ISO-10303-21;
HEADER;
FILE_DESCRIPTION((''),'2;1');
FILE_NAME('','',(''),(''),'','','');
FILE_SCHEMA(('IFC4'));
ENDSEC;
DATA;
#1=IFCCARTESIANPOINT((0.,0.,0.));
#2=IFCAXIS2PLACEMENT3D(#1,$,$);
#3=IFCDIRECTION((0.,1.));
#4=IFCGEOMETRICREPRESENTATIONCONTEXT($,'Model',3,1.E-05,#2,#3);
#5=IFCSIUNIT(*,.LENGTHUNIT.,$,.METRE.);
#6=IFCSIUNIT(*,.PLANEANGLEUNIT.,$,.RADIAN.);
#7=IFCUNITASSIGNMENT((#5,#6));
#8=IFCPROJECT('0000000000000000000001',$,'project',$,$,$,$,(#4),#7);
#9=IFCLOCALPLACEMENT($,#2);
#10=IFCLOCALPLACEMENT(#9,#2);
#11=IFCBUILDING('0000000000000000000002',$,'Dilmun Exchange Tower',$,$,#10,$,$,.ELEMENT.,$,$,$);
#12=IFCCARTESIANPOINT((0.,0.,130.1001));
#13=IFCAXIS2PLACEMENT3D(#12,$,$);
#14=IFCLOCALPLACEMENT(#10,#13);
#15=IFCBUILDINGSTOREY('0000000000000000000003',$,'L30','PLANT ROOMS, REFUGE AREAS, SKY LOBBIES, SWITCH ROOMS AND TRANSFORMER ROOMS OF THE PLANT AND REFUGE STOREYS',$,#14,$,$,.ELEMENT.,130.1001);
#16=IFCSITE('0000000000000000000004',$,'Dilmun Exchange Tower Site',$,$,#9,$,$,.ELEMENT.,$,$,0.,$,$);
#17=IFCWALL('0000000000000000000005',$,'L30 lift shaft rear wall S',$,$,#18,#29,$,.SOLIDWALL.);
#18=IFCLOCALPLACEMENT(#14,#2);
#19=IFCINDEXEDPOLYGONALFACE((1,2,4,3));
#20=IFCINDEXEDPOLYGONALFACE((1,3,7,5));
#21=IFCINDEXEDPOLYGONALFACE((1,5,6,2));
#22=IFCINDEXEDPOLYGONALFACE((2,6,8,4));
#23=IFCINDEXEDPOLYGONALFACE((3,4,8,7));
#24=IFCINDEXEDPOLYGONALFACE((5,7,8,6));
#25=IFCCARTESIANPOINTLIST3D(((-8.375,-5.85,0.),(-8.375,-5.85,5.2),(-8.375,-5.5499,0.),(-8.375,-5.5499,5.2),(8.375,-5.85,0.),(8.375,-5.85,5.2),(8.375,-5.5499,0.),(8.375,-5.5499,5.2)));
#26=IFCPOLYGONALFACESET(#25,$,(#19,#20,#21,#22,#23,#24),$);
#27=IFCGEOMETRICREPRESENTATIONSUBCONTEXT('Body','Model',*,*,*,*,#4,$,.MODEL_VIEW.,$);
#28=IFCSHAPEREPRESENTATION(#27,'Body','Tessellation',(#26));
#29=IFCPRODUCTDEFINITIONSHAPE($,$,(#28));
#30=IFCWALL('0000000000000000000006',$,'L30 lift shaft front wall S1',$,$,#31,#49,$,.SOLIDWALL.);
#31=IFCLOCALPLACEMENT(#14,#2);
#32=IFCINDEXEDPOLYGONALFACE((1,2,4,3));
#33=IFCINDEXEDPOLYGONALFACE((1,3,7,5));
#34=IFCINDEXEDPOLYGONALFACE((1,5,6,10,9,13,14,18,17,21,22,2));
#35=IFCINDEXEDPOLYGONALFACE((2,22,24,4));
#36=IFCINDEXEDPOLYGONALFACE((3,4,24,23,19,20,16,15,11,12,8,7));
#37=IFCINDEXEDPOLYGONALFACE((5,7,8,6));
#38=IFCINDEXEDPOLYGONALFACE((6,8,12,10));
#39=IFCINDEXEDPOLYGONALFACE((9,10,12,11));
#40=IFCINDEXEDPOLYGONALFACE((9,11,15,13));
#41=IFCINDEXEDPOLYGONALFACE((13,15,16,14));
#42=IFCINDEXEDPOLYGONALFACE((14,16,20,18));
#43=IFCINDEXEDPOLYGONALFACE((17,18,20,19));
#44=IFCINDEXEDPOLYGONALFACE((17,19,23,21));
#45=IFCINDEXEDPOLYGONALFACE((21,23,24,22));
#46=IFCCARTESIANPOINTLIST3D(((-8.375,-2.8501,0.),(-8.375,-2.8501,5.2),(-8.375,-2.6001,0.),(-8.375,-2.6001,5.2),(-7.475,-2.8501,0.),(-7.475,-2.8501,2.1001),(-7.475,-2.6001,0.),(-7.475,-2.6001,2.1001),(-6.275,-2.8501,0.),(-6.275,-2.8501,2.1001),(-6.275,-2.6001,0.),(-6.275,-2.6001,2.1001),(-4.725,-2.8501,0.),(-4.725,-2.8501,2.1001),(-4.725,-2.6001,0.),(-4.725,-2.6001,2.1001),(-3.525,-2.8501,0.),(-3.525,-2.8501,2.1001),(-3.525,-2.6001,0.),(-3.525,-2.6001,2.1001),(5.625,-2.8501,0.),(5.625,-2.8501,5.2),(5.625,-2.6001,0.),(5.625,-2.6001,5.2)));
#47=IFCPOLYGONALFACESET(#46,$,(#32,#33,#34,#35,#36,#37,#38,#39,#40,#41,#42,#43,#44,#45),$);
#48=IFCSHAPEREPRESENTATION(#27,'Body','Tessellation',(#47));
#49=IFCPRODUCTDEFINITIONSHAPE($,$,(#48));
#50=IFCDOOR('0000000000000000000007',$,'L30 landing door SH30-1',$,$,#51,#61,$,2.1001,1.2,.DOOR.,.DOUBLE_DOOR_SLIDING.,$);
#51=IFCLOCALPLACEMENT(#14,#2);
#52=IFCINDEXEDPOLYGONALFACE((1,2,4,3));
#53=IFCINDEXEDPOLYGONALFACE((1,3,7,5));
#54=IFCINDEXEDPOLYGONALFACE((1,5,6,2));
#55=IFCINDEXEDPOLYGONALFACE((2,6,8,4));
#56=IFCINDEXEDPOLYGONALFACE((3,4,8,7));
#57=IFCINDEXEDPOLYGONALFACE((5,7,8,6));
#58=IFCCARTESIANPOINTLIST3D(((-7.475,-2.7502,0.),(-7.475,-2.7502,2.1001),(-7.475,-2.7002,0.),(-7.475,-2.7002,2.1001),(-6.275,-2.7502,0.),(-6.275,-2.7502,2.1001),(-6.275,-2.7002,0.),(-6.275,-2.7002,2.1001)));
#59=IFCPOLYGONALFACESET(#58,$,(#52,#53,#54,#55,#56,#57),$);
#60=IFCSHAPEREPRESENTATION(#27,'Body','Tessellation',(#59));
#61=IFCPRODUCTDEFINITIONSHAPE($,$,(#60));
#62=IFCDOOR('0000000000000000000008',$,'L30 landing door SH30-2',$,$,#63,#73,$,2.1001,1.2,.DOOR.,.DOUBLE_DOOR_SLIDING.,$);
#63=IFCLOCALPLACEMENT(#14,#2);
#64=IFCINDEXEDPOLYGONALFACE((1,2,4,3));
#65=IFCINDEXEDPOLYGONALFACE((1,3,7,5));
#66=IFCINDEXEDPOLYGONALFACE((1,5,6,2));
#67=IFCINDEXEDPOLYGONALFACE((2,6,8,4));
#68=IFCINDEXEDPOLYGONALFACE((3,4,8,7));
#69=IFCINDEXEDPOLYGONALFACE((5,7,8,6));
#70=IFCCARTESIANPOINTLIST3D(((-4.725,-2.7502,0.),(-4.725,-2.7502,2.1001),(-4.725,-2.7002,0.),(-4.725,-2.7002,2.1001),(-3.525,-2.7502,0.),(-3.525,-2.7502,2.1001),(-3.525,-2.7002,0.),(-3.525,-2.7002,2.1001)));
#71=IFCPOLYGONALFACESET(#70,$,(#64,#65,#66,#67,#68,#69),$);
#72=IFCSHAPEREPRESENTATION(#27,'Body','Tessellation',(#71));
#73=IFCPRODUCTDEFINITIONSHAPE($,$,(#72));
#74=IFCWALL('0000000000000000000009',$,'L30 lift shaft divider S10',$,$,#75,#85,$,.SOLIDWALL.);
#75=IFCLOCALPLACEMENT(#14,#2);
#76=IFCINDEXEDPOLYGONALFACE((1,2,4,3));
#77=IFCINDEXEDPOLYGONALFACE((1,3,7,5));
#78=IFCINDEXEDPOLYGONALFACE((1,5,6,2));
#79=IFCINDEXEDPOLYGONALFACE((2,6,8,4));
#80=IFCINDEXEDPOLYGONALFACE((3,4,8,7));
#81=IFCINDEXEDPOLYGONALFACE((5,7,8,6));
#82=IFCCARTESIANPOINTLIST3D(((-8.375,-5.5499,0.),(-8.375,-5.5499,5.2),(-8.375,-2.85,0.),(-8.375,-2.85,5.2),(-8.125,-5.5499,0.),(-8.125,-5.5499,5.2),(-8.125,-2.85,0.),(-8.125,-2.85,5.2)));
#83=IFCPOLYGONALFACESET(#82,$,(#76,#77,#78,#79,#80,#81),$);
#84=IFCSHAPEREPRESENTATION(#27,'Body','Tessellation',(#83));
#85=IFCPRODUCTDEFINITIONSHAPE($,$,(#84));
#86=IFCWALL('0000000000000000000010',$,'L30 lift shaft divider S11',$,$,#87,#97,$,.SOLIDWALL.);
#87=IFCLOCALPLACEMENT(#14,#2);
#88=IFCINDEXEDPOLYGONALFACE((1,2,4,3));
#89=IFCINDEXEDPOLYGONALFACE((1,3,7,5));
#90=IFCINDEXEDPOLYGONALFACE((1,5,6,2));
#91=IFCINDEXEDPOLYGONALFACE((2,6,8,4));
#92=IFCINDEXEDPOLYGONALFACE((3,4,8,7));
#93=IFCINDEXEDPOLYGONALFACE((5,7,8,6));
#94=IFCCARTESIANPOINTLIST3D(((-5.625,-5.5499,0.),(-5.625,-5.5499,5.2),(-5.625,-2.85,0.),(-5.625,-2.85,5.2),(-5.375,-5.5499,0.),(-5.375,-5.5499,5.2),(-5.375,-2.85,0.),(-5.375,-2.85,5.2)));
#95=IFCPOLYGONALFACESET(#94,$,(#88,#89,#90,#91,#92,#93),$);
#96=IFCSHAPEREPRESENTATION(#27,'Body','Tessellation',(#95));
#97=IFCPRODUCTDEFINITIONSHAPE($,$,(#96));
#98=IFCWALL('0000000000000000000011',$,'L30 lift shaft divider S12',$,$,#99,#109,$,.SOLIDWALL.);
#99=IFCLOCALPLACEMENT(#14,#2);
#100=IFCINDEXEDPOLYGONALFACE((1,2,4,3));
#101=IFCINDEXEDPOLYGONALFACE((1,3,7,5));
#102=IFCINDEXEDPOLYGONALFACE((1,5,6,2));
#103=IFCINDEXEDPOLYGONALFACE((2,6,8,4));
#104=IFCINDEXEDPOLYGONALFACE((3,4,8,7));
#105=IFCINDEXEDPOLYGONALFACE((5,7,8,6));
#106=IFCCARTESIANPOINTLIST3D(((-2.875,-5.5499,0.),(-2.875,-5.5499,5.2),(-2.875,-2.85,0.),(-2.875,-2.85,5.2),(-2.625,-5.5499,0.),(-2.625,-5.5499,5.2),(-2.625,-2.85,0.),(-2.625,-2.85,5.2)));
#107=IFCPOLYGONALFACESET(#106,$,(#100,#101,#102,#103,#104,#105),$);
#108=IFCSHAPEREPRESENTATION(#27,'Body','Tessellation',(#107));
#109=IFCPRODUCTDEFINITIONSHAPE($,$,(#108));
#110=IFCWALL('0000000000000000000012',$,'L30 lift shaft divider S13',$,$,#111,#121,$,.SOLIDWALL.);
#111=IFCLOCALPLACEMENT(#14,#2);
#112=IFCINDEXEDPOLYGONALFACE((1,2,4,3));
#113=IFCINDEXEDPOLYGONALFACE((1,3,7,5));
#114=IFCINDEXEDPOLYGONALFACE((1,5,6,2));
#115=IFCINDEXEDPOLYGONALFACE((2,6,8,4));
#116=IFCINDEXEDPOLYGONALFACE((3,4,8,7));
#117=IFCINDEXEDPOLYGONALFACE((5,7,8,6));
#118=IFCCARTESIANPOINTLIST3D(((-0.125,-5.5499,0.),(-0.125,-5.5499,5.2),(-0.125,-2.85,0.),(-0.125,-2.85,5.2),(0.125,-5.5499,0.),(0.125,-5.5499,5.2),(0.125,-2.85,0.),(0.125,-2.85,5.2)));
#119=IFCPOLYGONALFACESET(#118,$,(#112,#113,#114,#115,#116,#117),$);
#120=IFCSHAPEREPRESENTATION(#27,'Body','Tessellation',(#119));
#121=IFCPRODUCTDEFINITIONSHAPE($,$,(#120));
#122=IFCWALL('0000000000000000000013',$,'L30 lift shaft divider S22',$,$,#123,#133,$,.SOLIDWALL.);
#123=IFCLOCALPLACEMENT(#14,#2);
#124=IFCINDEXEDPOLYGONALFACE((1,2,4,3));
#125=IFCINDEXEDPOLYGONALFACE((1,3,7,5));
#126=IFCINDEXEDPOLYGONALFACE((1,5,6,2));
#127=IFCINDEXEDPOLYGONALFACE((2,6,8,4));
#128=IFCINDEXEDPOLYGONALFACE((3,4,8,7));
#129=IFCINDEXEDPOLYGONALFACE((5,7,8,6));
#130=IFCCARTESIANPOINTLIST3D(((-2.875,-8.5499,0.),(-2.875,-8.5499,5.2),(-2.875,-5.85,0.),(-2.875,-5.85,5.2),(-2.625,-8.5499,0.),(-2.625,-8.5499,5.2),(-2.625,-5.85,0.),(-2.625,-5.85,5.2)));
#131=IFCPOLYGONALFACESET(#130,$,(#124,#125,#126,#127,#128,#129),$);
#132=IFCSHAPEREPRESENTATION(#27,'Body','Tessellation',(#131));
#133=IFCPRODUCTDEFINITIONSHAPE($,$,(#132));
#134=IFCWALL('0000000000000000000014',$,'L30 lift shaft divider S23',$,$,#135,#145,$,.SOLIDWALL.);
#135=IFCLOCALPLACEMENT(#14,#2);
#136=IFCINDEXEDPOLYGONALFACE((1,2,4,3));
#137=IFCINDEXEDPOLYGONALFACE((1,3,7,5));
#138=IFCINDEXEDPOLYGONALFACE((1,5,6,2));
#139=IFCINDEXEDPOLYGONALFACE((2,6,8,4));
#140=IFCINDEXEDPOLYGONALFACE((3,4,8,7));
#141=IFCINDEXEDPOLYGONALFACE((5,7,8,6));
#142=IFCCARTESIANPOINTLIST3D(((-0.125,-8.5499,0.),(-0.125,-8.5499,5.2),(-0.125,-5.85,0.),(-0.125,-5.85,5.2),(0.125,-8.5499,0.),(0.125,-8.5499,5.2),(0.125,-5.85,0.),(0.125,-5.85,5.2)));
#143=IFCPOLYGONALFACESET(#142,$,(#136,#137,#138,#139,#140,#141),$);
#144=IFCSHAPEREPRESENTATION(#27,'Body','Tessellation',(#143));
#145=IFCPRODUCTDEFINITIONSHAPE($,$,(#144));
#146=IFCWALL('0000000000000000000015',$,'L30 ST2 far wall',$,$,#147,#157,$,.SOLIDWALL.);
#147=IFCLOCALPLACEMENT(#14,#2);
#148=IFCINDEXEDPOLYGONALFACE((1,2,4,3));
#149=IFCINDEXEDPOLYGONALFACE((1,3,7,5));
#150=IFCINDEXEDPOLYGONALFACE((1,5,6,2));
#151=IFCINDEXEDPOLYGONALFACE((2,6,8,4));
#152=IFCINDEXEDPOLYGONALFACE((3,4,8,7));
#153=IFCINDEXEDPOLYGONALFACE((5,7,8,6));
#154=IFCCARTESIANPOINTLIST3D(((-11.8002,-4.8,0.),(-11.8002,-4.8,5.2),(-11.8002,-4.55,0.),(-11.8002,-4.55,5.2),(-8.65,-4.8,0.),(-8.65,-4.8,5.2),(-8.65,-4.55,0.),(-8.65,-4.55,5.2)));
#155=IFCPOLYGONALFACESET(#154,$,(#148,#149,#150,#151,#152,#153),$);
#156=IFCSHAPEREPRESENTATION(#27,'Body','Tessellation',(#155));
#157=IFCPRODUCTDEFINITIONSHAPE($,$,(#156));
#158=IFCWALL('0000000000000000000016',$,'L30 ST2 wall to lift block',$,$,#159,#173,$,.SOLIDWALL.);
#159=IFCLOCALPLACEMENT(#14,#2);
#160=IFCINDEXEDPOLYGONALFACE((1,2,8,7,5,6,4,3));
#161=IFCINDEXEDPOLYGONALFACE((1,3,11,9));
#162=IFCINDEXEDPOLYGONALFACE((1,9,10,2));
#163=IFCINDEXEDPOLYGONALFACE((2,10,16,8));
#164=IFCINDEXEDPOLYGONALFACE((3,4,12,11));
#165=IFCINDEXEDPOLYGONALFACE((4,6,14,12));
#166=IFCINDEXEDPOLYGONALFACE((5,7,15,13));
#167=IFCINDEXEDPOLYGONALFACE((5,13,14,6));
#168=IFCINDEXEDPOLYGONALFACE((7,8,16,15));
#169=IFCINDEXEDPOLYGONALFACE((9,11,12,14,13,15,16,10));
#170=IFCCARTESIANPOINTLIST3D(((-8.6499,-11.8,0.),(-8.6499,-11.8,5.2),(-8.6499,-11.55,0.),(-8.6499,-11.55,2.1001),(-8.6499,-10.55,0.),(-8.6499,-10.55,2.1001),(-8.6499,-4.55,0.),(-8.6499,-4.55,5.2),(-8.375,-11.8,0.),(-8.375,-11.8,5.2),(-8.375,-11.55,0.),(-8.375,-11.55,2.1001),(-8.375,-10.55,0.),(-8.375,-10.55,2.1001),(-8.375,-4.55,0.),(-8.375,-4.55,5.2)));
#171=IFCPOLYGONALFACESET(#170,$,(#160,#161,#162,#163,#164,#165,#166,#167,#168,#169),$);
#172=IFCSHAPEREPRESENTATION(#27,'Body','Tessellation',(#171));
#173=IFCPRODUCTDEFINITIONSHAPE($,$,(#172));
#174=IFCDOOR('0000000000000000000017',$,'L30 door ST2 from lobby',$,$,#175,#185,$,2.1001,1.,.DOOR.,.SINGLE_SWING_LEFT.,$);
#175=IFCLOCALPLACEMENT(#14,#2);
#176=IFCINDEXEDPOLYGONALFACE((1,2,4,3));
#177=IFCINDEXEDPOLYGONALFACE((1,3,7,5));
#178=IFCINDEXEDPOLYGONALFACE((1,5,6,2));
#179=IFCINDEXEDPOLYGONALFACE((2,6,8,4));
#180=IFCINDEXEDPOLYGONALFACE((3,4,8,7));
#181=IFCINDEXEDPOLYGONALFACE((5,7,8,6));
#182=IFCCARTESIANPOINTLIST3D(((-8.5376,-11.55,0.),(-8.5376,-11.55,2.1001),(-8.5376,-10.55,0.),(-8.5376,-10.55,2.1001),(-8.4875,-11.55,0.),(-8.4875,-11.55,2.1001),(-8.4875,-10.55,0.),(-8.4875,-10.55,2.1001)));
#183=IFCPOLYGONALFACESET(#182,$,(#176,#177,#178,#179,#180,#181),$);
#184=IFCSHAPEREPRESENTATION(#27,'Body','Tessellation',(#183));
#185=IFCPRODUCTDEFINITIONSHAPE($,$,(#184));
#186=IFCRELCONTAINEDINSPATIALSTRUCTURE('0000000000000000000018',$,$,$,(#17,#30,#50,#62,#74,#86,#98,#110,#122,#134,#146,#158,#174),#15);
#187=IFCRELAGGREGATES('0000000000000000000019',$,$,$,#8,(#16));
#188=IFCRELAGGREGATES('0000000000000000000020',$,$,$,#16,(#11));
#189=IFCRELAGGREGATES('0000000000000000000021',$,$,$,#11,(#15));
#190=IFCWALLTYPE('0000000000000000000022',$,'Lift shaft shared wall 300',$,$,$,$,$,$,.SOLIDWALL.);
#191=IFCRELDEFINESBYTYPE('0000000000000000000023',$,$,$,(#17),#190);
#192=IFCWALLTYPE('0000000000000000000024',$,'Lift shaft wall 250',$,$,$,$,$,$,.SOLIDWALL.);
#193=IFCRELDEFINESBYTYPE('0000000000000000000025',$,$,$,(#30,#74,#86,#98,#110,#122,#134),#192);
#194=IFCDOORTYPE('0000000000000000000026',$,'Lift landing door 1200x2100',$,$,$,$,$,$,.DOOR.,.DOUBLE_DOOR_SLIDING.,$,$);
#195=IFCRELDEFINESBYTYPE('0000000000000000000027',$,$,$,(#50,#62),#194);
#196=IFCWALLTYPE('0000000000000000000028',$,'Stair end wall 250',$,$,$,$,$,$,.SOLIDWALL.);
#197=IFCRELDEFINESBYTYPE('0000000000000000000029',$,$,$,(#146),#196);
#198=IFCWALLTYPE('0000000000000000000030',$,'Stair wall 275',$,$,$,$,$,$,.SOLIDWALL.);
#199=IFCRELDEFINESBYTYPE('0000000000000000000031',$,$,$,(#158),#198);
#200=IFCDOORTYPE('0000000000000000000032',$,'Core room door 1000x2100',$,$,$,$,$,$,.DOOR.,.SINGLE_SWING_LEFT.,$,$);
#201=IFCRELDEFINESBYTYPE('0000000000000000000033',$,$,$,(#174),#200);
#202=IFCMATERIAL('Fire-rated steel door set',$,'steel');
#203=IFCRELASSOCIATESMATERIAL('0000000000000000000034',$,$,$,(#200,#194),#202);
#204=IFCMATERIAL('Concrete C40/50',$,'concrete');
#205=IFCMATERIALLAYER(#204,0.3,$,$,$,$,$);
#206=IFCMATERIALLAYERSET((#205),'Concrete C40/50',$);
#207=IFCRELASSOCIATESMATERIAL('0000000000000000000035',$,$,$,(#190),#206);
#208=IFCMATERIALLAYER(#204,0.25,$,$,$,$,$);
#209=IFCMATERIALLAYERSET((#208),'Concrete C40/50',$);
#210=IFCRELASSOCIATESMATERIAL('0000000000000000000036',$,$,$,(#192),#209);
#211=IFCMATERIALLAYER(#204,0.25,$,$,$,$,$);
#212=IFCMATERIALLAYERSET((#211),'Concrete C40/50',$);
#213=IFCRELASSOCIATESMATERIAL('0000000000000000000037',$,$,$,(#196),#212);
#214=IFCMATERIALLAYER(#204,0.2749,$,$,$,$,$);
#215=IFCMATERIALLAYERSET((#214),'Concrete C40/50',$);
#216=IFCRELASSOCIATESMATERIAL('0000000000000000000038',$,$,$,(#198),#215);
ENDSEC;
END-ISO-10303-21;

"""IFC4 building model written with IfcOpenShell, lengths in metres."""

from ifc_helpers import new_model, si_unit, direction, frame, frame_2d, origin, place, context, subcontext, project, spatial, rectangle, extrude, material, layer, layer_set, type_object, element, fill, save


model = new_model("IFC4")

# Units and contexts
model_context = context("Model", 3, precision=1e-05, world=origin(), true_north=direction((0.0, 1.0)))
body_context = subcontext(model_context, "Body", "Model", "MODEL_VIEW")
ifc_project = project(units=[si_unit("LENGTHUNIT", "METRE"), si_unit("PLANEANGLEUNIT", "RADIAN")], contexts=[model_context])

# Site, building, storey
site_placement = place(None, origin())
site = spatial("IfcSite", under=ifc_project, at=site_placement, Name="Dilmun Exchange Tower Site", CompositionType="ELEMENT", RefElevation=0.0)
building_placement = place(site_placement, origin())
building = spatial("IfcBuilding", under=site, at=building_placement, Name="Dilmun Exchange Tower", CompositionType="ELEMENT")
storey_placement = place(building_placement, frame((0.0, 0.0, 130.1001)))
storey = spatial("IfcBuildingStorey", under=building, at=storey_placement, Name="L30", Description="PLANT ROOMS, REFUGE AREAS, SKY LOBBIES, SWITCH ROOMS AND TRANSFORMER ROOMS OF THE PLANT AND REFUGE STOREYS", CompositionType="ELEMENT", Elevation=130.1001)

# Shared definitions
ifc_material_1 = material(Name="Concrete C40/50", Category="concrete")

# Shared definitions
ifc_material_2 = material(Name="Fire-rated steel door set", Category="steel")
door_type_1 = type_object("IfcDoorType", Name="Core room door 1000x2100", OperationType="SINGLE_SWING_LEFT", PredefinedType="DOOR", material=ifc_material_2)

# Wall
ifc_layer_1 = layer(ifc_material_1, 0.3)
ifc_layer_set_1 = layer_set([ifc_layer_1], Name="Concrete C40/50")
wall_type_1 = type_object("IfcWallType", Name="Lift shaft shared wall 300", PredefinedType="SOLIDWALL", material=ifc_layer_set_1)
wall_1_placement = place(storey_placement, frame((-8.375, -5.7, 0.0), z_axis=(0.0, 0.0, 1.0), x_axis=(1.0, 0.0, 0.0)))
element("IfcWall", 1, at=wall_1_placement, inside=storey, type_object=wall_type_1, Name="L30 lift shaft rear wall S", PredefinedType="SOLIDWALL", context=body_context, shape_type="SweptSolid", body=[
    extrude(rectangle(XDim=16.75, YDim=0.3, at=frame_2d((8.375, 0.0))), origin(), (0.0, 0.0, 1.0), 5.2),
])

# Wall, openings, doors
ifc_layer_2 = layer(ifc_material_1, 0.25)
ifc_layer_set_2 = layer_set([ifc_layer_2], Name="Concrete C40/50")
wall_type_2 = type_object("IfcWallType", Name="Lift shaft wall 250", PredefinedType="SOLIDWALL", material=ifc_layer_set_2)
wall_2_placement = place(storey_placement, frame((-8.375, -2.7251, 0.0), z_axis=(0.0, 0.0, 1.0), x_axis=(1.0, 0.0, 0.0)))
wall_2 = element("IfcWall", 2, at=wall_2_placement, inside=storey, type_object=wall_type_2, Name="L30 lift shaft front wall S1", PredefinedType="SOLIDWALL", context=body_context, shape_type="SweptSolid", body=[
    extrude(rectangle(XDim=14.0, YDim=0.25, at=frame_2d((7.0, 0.0))), origin(), (0.0, 0.0, 1.0), 5.2),
])
opening_1_placement = place(wall_2_placement, frame((0.8999, 0.0, 0.0)))
opening_1 = element("IfcOpeningElement", 3, at=opening_1_placement, cuts=wall_2, PredefinedType="OPENING", context=body_context, shape_type="SweptSolid", body=[
    extrude(rectangle(XDim=1.2, YDim=2.1001, at=frame_2d((0.6001, 1.05))), frame((0.0, 0.135, 0.0), z_axis=(0.0, -1.0, 0.0), x_axis=(1.0, 0.0, 0.0)), (0.0, 0.0, 1.0), 0.27),
])
opening_2_placement = place(wall_2_placement, frame((3.6499, 0.0, 0.0)))
opening_2 = element("IfcOpeningElement", 4, at=opening_2_placement, cuts=wall_2, PredefinedType="OPENING", context=body_context, shape_type="SweptSolid", body=[
    extrude(rectangle(XDim=1.2, YDim=2.1001, at=frame_2d((0.6001, 1.05))), frame((0.0, 0.135, 0.0), z_axis=(0.0, -1.0, 0.0), x_axis=(1.0, 0.0, 0.0)), (0.0, 0.0, 1.0), 0.27),
])
door_type_2 = type_object("IfcDoorType", Name="Lift landing door 1200x2100", OperationType="DOUBLE_DOOR_SLIDING", PredefinedType="DOOR", material=ifc_material_2)
door_1_placement = place(opening_1_placement, origin())
door_1 = element("IfcDoor", 5, at=door_1_placement, inside=storey, type_object=door_type_2, Name="L30 landing door SH30-1", OperationType="DOUBLE_DOOR_SLIDING", OverallHeight=2.1001, OverallWidth=1.2, PredefinedType="DOOR", context=body_context, shape_type="SweptSolid", body=[
    extrude(rectangle(XDim=1.2, YDim=2.1001, at=frame_2d((0.6001, 1.05))), frame((0.0, 0.0249, 0.0), z_axis=(0.0, -1.0, 0.0), x_axis=(1.0, 0.0, 0.0)), (0.0, 0.0, 1.0), 0.05),
])
fill(opening_1, door_1)
door_2_placement = place(opening_2_placement, origin())
door_2 = element("IfcDoor", 6, at=door_2_placement, inside=storey, type_object=door_type_2, Name="L30 landing door SH30-2", OperationType="DOUBLE_DOOR_SLIDING", OverallHeight=2.1001, OverallWidth=1.2, PredefinedType="DOOR", context=body_context, shape_type="SweptSolid", body=[
    extrude(rectangle(XDim=1.2, YDim=2.1001, at=frame_2d((0.6001, 1.05))), frame((0.0, 0.0249, 0.0), z_axis=(0.0, -1.0, 0.0), x_axis=(1.0, 0.0, 0.0)), (0.0, 0.0, 1.0), 0.05),
])
fill(opening_2, door_2)

# Walls
for number, where, z_axis, x_axis, name in (
    (7, (-8.25, -5.55, 0.0), (0.0, 0.0, 1.0), (0.0, 1.0, 0.0), "L30 lift shaft divider S10"),
    (8, (-5.5, -5.55, 0.0), (0.0, 0.0, 1.0), (0.0, 1.0, 0.0), "L30 lift shaft divider S11"),
    (9, (-2.75, -5.55, 0.0), (0.0, 0.0, 1.0), (0.0, 1.0, 0.0), "L30 lift shaft divider S12"),
    (10, (0.0, -5.55, 0.0), (0.0, 0.0, 1.0), (0.0, 1.0, 0.0), "L30 lift shaft divider S13"),
    (11, (-2.75, -8.55, 0.0), (0.0, 0.0, 1.0), (0.0, 1.0, 0.0), "L30 lift shaft divider S22"),
    (12, (0.0, -8.55, 0.0), (0.0, 0.0, 1.0), (0.0, 1.0, 0.0), "L30 lift shaft divider S23"),
):
    element("IfcWall", number, at=place(storey_placement, frame(where, z_axis=z_axis, x_axis=x_axis)), inside=storey, type_object=wall_type_2, Name=name, PredefinedType="SOLIDWALL", context=body_context, shape_type="SweptSolid", body=[
        extrude(rectangle(XDim=2.7, YDim=0.25, at=frame_2d((1.3501, 0.0))), origin(), (0.0, 0.0, 1.0), 5.2),
    ])

# Wall
ifc_layer_3 = layer(ifc_material_1, 0.25)
ifc_layer_set_3 = layer_set([ifc_layer_3], Name="Concrete C40/50")
wall_type_3 = type_object("IfcWallType", Name="Stair end wall 250", PredefinedType="SOLIDWALL", material=ifc_layer_set_3)
wall_3_placement = place(storey_placement, frame((-8.6499, -4.675, 0.0), z_axis=(0.0, 0.0, 1.0), x_axis=(-1.0, 0.0, 0.0)))
element("IfcWall", 13, at=wall_3_placement, inside=storey, type_object=wall_type_3, Name="L30 ST2 far wall", PredefinedType="SOLIDWALL", context=body_context, shape_type="SweptSolid", body=[
    extrude(rectangle(XDim=3.1501, YDim=0.25, at=frame_2d((1.5752, 0.0))), origin(), (0.0, 0.0, 1.0), 5.2),
])

# Wall, opening, door
ifc_layer_4 = layer(ifc_material_1, 0.2749)
ifc_layer_set_4 = layer_set([ifc_layer_4], Name="Concrete C40/50")
wall_type_4 = type_object("IfcWallType", Name="Stair wall 275", PredefinedType="SOLIDWALL", material=ifc_layer_set_4)
wall_4_placement = place(storey_placement, frame((-8.5125, -4.55, 0.0), z_axis=(0.0, 0.0, 1.0), x_axis=(0.0, -1.0, 0.0)))
wall_4 = element("IfcWall", 14, at=wall_4_placement, inside=storey, type_object=wall_type_4, Name="L30 ST2 wall to lift block", PredefinedType="SOLIDWALL", context=body_context, shape_type="SweptSolid", body=[
    extrude(rectangle(XDim=7.25, YDim=0.2749, at=frame_2d((3.625, 0.0))), origin(), (0.0, 0.0, 1.0), 5.2),
])
opening_3_placement = place(wall_4_placement, frame((6.0, 0.0, 0.0)))
opening_3 = element("IfcOpeningElement", 15, at=opening_3_placement, cuts=wall_4, PredefinedType="OPENING", context=body_context, shape_type="SweptSolid", body=[
    extrude(rectangle(XDim=1.0, YDim=2.1001, at=frame_2d((0.5, 1.05))), frame((0.0, 0.1475, 0.0), z_axis=(0.0, -1.0, 0.0), x_axis=(1.0, 0.0, 0.0)), (0.0, 0.0, 1.0), 0.2949),
])
door_3_placement = place(opening_3_placement, origin())
door_3 = element("IfcDoor", 16, at=door_3_placement, inside=storey, type_object=door_type_1, Name="L30 door ST2 from lobby", OperationType="SINGLE_SWING_LEFT", OverallHeight=2.1001, OverallWidth=1.0, PredefinedType="DOOR", context=body_context, shape_type="SweptSolid", body=[
    extrude(rectangle(XDim=1.0, YDim=2.1001, at=frame_2d((0.5, 1.05))), frame((0.0, 0.0249, 0.0), z_axis=(0.0, -1.0, 0.0), x_axis=(1.0, 0.0, 0.0)), (0.0, 0.0, 1.0), 0.05),
])
fill(opening_3, door_3)

save(model, "model.ifc")
